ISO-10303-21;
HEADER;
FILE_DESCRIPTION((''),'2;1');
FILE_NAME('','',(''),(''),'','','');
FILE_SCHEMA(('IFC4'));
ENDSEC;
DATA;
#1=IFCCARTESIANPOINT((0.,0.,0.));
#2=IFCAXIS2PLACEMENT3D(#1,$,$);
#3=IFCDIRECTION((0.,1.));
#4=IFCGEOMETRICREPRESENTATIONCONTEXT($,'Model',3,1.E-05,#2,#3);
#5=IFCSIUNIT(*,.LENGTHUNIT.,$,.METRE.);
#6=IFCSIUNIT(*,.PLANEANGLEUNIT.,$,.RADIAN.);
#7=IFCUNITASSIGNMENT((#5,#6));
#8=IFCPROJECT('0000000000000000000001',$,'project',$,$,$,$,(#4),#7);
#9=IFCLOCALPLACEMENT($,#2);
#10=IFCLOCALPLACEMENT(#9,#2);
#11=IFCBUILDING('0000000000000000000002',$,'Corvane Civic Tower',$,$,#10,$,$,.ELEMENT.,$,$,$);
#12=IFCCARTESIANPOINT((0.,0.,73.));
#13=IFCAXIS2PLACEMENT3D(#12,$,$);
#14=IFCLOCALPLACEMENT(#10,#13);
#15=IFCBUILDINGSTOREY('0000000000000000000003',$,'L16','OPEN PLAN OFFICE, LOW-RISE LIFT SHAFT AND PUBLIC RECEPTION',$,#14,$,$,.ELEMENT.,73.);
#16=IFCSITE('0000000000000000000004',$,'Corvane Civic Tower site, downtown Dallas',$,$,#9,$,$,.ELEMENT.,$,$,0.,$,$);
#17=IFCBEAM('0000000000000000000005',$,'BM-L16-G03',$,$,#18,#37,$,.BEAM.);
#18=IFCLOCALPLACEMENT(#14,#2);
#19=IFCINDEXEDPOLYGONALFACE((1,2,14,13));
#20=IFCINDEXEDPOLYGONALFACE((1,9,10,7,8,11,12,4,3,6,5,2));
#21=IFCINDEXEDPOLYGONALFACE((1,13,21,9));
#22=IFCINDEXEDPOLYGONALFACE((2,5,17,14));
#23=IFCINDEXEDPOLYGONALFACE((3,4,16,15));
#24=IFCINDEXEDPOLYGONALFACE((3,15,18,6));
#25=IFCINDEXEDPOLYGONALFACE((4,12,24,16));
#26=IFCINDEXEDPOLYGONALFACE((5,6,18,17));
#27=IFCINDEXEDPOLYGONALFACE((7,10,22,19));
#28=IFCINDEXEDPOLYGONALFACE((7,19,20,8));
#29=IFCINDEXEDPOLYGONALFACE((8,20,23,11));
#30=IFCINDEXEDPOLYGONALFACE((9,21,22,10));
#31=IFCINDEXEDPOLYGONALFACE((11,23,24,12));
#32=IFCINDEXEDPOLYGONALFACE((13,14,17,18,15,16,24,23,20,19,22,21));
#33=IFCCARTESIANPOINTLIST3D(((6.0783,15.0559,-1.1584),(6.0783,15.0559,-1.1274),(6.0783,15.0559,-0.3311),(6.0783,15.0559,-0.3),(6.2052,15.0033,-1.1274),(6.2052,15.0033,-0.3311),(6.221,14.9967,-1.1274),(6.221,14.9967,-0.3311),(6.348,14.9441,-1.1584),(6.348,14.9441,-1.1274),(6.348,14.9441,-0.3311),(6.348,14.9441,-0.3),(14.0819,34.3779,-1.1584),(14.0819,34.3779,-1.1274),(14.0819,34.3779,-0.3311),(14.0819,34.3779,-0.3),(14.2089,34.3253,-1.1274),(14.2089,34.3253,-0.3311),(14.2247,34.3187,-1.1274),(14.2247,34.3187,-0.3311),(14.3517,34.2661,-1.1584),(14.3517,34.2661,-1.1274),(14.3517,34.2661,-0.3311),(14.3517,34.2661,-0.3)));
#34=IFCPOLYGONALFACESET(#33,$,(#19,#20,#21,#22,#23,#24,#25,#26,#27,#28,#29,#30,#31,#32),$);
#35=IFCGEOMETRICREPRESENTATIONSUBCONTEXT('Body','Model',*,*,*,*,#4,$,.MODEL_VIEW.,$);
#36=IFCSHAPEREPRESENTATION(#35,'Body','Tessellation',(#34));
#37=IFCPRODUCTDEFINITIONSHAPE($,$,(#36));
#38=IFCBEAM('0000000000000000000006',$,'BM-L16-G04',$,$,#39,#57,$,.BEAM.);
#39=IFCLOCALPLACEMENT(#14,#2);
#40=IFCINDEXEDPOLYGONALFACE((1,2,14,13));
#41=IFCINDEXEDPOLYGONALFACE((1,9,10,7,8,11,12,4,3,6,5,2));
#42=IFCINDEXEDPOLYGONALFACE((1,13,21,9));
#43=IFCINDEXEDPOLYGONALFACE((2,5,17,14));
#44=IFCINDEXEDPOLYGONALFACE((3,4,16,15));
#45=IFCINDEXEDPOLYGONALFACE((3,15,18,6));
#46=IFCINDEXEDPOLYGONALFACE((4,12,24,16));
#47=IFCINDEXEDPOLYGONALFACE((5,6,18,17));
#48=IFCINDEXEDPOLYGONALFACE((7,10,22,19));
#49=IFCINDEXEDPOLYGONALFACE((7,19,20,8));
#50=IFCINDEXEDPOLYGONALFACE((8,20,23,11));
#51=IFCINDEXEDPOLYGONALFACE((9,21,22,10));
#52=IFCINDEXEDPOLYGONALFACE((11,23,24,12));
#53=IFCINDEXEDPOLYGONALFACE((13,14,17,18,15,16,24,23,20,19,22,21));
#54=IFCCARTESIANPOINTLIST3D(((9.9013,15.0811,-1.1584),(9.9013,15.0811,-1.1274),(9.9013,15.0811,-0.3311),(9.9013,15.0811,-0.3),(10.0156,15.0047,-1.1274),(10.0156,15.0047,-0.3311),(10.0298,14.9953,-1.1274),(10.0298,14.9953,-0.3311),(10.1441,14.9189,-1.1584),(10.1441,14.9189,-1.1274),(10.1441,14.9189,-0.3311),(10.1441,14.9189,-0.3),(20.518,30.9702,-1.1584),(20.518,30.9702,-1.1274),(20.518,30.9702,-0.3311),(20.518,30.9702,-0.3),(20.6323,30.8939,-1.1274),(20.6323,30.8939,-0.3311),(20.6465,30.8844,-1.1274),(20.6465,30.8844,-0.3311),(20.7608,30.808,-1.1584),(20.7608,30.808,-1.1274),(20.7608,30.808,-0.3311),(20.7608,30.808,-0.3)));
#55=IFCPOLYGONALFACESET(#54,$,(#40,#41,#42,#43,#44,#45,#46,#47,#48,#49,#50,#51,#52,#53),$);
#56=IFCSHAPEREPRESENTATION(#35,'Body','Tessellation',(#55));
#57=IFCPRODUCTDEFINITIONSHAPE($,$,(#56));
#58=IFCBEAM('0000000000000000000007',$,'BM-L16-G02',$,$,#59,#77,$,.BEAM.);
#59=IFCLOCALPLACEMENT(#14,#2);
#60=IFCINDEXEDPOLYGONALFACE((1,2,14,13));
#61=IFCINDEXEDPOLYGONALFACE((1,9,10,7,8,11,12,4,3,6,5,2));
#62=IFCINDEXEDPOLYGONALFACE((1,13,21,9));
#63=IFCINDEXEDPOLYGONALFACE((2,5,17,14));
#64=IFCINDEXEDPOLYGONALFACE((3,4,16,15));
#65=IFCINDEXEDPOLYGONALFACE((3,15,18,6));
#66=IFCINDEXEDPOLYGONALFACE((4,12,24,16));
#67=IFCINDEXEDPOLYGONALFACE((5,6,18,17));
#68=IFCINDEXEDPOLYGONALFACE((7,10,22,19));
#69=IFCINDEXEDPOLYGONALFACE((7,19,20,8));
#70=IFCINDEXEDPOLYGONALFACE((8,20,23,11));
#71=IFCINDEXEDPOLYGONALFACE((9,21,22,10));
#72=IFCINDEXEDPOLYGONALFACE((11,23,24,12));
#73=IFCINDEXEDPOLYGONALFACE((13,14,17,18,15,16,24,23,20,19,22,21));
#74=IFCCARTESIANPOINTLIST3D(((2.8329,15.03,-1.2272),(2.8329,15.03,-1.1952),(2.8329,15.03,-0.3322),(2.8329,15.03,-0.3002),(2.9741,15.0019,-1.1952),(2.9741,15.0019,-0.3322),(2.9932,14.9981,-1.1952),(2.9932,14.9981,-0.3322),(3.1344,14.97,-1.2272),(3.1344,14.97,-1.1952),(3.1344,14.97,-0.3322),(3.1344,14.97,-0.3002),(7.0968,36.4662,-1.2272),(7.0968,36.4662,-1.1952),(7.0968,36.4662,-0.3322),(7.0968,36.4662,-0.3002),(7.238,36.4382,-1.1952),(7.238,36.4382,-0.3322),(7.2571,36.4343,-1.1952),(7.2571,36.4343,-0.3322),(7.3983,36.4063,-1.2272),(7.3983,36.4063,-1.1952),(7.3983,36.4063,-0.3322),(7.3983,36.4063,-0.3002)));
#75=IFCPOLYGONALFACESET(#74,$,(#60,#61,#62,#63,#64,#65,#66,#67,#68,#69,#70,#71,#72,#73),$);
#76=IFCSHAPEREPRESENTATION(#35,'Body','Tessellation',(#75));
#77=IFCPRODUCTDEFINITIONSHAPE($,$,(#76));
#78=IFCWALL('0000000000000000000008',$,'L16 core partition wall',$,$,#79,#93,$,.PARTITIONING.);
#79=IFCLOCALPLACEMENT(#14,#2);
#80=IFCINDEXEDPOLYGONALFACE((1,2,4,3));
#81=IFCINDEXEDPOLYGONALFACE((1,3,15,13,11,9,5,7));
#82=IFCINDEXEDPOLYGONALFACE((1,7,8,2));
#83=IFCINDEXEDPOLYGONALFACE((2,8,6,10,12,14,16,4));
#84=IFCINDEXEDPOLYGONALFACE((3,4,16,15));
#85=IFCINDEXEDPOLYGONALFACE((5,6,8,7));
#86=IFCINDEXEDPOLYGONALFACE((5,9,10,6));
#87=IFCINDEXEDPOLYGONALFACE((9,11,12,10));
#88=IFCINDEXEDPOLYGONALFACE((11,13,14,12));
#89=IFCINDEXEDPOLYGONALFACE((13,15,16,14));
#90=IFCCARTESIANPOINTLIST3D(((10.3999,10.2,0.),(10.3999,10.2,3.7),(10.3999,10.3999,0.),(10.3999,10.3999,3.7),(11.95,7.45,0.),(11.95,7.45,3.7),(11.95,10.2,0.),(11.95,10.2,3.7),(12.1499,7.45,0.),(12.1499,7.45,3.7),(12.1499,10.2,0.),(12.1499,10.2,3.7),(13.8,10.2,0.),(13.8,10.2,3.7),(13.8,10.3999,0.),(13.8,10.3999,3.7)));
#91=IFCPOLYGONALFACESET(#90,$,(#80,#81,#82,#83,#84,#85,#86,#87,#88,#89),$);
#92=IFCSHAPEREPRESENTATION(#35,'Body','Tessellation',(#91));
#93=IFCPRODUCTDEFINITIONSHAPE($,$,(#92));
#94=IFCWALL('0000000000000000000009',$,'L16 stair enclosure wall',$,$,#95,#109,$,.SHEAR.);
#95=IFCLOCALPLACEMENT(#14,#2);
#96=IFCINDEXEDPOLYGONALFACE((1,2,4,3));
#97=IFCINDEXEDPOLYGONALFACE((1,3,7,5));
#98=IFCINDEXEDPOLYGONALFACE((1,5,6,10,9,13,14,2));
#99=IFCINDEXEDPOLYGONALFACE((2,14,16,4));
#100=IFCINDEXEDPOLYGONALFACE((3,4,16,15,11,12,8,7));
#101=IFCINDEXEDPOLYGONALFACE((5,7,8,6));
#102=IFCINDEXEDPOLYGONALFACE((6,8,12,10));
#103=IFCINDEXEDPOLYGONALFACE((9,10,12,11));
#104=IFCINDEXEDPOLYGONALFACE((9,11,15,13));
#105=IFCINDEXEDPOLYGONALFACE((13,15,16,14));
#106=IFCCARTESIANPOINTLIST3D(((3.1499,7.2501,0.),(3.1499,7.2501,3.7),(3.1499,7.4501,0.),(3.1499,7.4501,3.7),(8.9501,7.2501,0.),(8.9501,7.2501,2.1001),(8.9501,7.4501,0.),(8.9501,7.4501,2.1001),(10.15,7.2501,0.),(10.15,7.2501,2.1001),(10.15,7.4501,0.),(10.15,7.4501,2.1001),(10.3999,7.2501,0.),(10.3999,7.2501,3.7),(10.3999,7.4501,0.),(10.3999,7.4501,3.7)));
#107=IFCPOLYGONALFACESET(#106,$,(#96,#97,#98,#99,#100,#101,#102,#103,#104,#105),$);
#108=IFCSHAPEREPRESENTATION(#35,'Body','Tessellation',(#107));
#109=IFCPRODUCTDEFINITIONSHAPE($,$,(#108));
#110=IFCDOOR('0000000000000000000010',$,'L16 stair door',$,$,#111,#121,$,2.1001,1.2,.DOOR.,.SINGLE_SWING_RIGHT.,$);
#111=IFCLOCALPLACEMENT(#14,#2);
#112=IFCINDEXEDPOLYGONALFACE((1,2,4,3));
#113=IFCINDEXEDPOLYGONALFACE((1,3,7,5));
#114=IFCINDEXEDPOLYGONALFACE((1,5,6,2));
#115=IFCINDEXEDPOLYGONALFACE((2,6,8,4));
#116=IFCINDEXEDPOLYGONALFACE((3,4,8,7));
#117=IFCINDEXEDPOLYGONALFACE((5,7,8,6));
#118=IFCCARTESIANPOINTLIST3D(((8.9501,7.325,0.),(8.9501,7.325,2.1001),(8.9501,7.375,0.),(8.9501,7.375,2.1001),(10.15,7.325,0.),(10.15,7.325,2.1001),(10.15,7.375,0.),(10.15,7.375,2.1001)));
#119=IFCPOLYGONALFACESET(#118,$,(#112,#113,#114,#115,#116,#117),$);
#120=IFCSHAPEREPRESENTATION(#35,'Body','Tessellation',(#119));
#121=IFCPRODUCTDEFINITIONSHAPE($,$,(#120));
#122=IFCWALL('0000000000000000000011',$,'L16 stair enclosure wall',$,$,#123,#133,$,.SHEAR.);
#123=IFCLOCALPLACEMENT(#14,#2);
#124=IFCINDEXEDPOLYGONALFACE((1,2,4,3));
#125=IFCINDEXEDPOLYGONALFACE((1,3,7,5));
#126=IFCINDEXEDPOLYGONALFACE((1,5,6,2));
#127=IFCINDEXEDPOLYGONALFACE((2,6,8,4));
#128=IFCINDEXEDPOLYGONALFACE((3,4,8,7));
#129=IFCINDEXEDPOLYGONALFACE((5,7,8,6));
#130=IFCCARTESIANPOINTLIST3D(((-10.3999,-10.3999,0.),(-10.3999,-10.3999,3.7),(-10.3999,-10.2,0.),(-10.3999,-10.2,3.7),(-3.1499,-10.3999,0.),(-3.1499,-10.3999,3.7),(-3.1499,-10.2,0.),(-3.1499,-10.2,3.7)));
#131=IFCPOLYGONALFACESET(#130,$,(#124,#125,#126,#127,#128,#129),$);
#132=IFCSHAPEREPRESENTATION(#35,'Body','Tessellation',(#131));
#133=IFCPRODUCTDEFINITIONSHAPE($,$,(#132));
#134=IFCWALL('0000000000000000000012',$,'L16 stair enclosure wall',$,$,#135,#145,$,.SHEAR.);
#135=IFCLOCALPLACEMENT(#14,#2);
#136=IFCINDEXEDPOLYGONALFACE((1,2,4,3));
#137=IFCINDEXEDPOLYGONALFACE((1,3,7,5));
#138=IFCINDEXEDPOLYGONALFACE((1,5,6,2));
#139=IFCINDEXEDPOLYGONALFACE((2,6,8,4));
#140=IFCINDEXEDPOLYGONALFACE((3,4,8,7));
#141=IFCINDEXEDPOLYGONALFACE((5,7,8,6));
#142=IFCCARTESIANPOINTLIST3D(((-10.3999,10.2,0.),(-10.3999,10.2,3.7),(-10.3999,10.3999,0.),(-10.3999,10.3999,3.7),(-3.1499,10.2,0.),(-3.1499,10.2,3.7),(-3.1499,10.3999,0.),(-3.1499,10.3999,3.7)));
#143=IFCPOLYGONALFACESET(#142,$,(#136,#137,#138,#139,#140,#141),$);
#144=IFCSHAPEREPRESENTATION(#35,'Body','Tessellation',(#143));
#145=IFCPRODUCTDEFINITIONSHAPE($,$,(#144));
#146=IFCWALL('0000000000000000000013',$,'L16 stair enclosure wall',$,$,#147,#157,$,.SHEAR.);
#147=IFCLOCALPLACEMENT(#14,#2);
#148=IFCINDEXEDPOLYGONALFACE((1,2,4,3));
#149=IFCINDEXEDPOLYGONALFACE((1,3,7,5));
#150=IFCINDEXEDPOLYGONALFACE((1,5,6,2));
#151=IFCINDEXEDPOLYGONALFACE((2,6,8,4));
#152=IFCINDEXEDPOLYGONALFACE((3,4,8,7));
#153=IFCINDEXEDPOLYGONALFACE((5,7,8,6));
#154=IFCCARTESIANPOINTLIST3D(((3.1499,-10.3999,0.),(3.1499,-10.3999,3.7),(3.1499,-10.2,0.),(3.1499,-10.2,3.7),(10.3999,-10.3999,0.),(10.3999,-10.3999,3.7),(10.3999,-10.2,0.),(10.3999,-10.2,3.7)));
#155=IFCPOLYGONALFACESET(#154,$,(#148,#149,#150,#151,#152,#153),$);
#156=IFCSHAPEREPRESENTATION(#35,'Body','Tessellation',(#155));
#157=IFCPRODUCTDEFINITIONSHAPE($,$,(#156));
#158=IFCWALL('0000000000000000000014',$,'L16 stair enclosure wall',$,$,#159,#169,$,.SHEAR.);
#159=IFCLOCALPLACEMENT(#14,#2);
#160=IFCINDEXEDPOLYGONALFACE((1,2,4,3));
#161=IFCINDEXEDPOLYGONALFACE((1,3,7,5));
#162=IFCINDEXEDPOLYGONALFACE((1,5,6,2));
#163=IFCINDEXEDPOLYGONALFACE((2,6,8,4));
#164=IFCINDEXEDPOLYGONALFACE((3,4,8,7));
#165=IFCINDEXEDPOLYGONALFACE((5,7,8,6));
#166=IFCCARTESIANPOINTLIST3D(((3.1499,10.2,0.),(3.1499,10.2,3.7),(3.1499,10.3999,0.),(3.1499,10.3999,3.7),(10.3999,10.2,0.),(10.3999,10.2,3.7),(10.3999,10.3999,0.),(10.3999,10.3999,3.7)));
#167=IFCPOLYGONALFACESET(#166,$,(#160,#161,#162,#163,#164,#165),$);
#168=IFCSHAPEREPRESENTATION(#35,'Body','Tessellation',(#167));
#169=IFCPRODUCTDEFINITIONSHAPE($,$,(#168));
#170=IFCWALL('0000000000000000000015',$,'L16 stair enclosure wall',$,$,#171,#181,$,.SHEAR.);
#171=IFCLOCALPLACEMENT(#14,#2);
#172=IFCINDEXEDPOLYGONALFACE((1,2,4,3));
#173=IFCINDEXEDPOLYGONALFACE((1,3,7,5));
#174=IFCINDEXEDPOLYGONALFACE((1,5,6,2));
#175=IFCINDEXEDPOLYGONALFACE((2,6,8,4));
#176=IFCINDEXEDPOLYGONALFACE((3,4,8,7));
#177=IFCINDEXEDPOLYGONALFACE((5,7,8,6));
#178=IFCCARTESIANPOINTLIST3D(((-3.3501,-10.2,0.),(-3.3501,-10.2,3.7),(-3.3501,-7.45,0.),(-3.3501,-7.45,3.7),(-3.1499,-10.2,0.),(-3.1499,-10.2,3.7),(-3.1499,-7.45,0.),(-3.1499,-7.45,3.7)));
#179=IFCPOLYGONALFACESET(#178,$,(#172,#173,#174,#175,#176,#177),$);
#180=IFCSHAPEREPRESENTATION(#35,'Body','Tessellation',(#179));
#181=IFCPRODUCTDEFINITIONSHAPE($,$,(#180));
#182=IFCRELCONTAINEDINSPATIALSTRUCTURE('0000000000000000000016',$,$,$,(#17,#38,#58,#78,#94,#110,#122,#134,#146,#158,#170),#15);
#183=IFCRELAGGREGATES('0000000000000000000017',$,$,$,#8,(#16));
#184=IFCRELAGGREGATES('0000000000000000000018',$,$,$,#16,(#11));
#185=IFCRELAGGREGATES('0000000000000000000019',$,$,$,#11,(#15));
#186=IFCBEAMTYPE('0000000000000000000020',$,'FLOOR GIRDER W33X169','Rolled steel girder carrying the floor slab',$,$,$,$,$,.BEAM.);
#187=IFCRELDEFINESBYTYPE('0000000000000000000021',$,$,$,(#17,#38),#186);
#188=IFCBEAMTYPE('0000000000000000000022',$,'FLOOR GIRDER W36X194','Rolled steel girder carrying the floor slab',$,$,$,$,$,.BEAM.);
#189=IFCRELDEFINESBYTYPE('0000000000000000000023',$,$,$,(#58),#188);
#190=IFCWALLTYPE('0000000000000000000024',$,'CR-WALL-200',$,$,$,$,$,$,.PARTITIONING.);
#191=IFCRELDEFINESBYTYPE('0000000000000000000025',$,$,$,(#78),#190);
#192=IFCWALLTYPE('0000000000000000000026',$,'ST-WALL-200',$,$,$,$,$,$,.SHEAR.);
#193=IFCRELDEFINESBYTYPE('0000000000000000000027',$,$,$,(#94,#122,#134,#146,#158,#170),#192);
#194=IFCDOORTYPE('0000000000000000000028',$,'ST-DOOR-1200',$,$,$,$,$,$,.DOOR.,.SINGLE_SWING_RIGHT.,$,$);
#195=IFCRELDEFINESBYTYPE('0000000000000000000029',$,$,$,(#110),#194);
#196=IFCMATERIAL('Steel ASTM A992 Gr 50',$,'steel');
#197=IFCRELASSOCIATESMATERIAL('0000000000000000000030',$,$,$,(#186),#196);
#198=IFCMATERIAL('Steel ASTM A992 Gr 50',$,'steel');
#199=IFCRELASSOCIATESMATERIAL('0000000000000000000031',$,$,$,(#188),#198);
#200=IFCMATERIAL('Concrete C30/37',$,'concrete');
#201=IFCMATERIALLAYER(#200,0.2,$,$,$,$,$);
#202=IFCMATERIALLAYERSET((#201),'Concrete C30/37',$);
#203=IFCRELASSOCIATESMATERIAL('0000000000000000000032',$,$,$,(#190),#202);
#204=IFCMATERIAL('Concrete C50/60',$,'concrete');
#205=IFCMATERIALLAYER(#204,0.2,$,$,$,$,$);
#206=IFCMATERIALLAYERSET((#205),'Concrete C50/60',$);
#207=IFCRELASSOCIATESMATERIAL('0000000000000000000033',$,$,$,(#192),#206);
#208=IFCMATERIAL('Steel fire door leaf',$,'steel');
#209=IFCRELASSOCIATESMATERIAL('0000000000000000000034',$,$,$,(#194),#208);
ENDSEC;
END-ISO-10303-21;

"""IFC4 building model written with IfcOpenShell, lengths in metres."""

from ifc_helpers import new_model, si_unit, direction, frame, frame_2d, origin, origin_2d, place, context, subcontext, project, spatial, polyline, rectangle, i_section, outline, extrude, material, layer, layer_set, material_profile, profile_set, type_object, element, fill, save


model = new_model("IFC4")

# Units and contexts
model_context = context("Model", 3, precision=1e-05, world=origin(), true_north=direction((0.0, 1.0)))
body_context = subcontext(model_context, "Body", "Model", "MODEL_VIEW")
ifc_project = project(units=[si_unit("LENGTHUNIT", "METRE"), si_unit("PLANEANGLEUNIT", "RADIAN")], contexts=[model_context])

# Site, building, storey
site_placement = place(None, origin())
site = spatial("IfcSite", under=ifc_project, at=site_placement, Name="Corvane Civic Tower site, downtown Dallas", CompositionType="ELEMENT", RefElevation=0.0)
building_placement = place(site_placement, origin())
building = spatial("IfcBuilding", under=site, at=building_placement, Name="Corvane Civic Tower", CompositionType="ELEMENT")
storey_placement = place(building_placement, frame((0.0, 0.0, 73.0)))
storey = spatial("IfcBuildingStorey", under=building, at=storey_placement, Name="L16", Description="OPEN PLAN OFFICE, LOW-RISE LIFT SHAFT AND PUBLIC RECEPTION", CompositionType="ELEMENT", Elevation=73.0)

# Beams
ifc_material_1 = material(Name="Steel ASTM A992 Gr 50", Category="steel")
ifc_material_profile_1 = material_profile(ifc_material_1, i_section(OverallWidth=0.292, OverallDepth=0.8584, WebThickness=0.0171, FlangeThickness=0.031, at=origin_2d()), Name="W33X169")
ifc_profile_set_1 = profile_set([ifc_material_profile_1], Name="Steel ASTM A992 Gr 50")
beam_type_1 = type_object("IfcBeamType", Name="FLOOR GIRDER W33X169", Description="Rolled steel girder carrying the floor slab", PredefinedType="BEAM", material=ifc_profile_set_1)
beam_1_placement = place(storey_placement, frame((6.2131, 15.0, -0.7292), z_axis=(0.382692, 0.923876, 0.0), x_axis=(-0.923876, 0.382692, 0.0)))
element("IfcBeam", 1, at=beam_1_placement, inside=storey, type_object=beam_type_1, Name="BM-L16-G03", PredefinedType="BEAM", context=body_context, shape_type="SweptSolid", body=[
    extrude(i_section(OverallWidth=0.292, OverallDepth=0.8584, WebThickness=0.0171, FlangeThickness=0.031, at=origin_2d()), origin(), (0.0, 0.0, 1.0), 20.9141),
])
beam_2_placement = place(storey_placement, frame((10.0227, 15.0, -0.7292), z_axis=(0.555567, 0.831472, 0.0), x_axis=(-0.831472, 0.555567, 0.0)))
element("IfcBeam", 2, at=beam_2_placement, inside=storey, type_object=beam_type_1, Name="BM-L16-G04", PredefinedType="BEAM", context=body_context, shape_type="SweptSolid", body=[
    extrude(i_section(OverallWidth=0.292, OverallDepth=0.8584, WebThickness=0.0171, FlangeThickness=0.031, at=origin_2d()), origin(), (0.0, 0.0, 1.0), 19.1096),
])
ifc_material_2 = material(Name="Steel ASTM A992 Gr 50", Category="steel")
ifc_material_profile_2 = material_profile(ifc_material_2, i_section(OverallWidth=0.3074, OverallDepth=0.927, WebThickness=0.0195, FlangeThickness=0.032, at=origin_2d()), Name="W36X194")
ifc_profile_set_2 = profile_set([ifc_material_profile_2], Name="Steel ASTM A992 Gr 50")
beam_type_2 = type_object("IfcBeamType", Name="FLOOR GIRDER W36X194", Description="Rolled steel girder carrying the floor slab", PredefinedType="BEAM", material=ifc_profile_set_2)
beam_3_placement = place(storey_placement, frame((2.9836, 15.0, -0.7637), z_axis=(0.195089, 0.980785, 0.0), x_axis=(-0.980785, 0.195089, 0.0)))
element("IfcBeam", 3, at=beam_3_placement, inside=storey, type_object=beam_type_2, Name="BM-L16-G02", PredefinedType="BEAM", context=body_context, shape_type="SweptSolid", body=[
    extrude(i_section(OverallWidth=0.3074, OverallDepth=0.927, WebThickness=0.0195, FlangeThickness=0.032, at=origin_2d()), origin(), (0.0, 0.0, 1.0), 21.8562),
])

# Wall
ifc_material_3 = material(Name="Concrete C30/37", Category="concrete")
ifc_layer_1 = layer(ifc_material_3, 0.2)
ifc_layer_set_1 = layer_set([ifc_layer_1], Name="Concrete C30/37")
wall_type_1 = type_object("IfcWallType", Name="CR-WALL-200", PredefinedType="PARTITIONING", material=ifc_layer_set_1)
wall_1_placement = place(storey_placement, origin())
element("IfcWall", 4, at=wall_1_placement, inside=storey, type_object=wall_type_1, Name="L16 core partition wall", PredefinedType="PARTITIONING", context=body_context, shape_type="SweptSolid", body=[
    extrude(outline(polyline([(13.8, 10.3999), (13.8, 10.2), (12.1499, 10.2), (12.1499, 7.45), (11.95, 7.45), (11.95, 10.2), (10.3999, 10.2), (10.3999, 10.3999), (13.8, 10.3999)])), origin(), (0.0, 0.0, 1.0), 3.7),
])

# Wall, opening, door
ifc_material_4 = material(Name="Concrete C50/60", Category="concrete")
ifc_layer_2 = layer(ifc_material_4, 0.2)
ifc_layer_set_2 = layer_set([ifc_layer_2], Name="Concrete C50/60")
wall_type_2 = type_object("IfcWallType", Name="ST-WALL-200", PredefinedType="SHEAR", material=ifc_layer_set_2)
wall_2_placement = place(storey_placement, frame((3.1499, 7.3501, 0.0), z_axis=(0.0, 0.0, 1.0), x_axis=(1.0, 0.0, 0.0)))
wall_2 = element("IfcWall", 5, at=wall_2_placement, inside=storey, type_object=wall_type_2, Name="L16 stair enclosure wall", PredefinedType="SHEAR", context=body_context, shape_type="SweptSolid", body=[
    extrude(rectangle(XDim=7.25, YDim=0.2, at=frame_2d((3.625, 0.0))), origin(), (0.0, 0.0, 1.0), 3.7),
])
opening_placement = place(wall_2_placement, frame((5.8, 0.0, 0.0)))
opening = element("IfcOpeningElement", 6, at=opening_placement, cuts=wall_2, PredefinedType="OPENING", context=body_context, shape_type="SweptSolid", body=[
    extrude(rectangle(XDim=1.2, YDim=2.1001, at=frame_2d((0.6001, 1.05))), frame((0.0, 0.1099, 0.0), z_axis=(0.0, -1.0, 0.0), x_axis=(1.0, 0.0, 0.0)), (0.0, 0.0, 1.0), 0.22),
])
ifc_material_5 = material(Name="Steel fire door leaf", Category="steel")
door_type = type_object("IfcDoorType", Name="ST-DOOR-1200", OperationType="SINGLE_SWING_RIGHT", PredefinedType="DOOR", material=ifc_material_5)
door_placement = place(opening_placement, origin())
door = element("IfcDoor", 7, at=door_placement, inside=storey, type_object=door_type, Name="L16 stair door", OperationType="SINGLE_SWING_RIGHT", OverallHeight=2.1001, OverallWidth=1.2, PredefinedType="DOOR", context=body_context, shape_type="SweptSolid", body=[
    extrude(rectangle(XDim=1.2, YDim=2.1001, at=frame_2d((0.6001, 1.05))), frame((0.0, 0.0249, 0.0), z_axis=(0.0, -1.0, 0.0), x_axis=(1.0, 0.0, 0.0)), (0.0, 0.0, 1.0), 0.05),
])
fill(opening, door)

# Walls
wall_3_placement = place(storey_placement, origin())
element("IfcWall", 8, at=wall_3_placement, inside=storey, type_object=wall_type_2, Name="L16 stair enclosure wall", PredefinedType="SHEAR", context=body_context, shape_type="SweptSolid", body=[
    extrude(outline(polyline([(-3.1499, -10.2), (-3.1499, -10.3999), (-10.3999, -10.3999), (-10.3999, -10.2), (-3.1499, -10.2)])), origin(), (0.0, 0.0, 1.0), 3.7),
])
wall_4_placement = place(storey_placement, origin())
element("IfcWall", 9, at=wall_4_placement, inside=storey, type_object=wall_type_2, Name="L16 stair enclosure wall", PredefinedType="SHEAR", context=body_context, shape_type="SweptSolid", body=[
    extrude(outline(polyline([(-3.1499, 10.2), (-10.3999, 10.2), (-10.3999, 10.3999), (-3.1499, 10.3999), (-3.1499, 10.2)])), origin(), (0.0, 0.0, 1.0), 3.7),
])
wall_5_placement = place(storey_placement, origin())
element("IfcWall", 10, at=wall_5_placement, inside=storey, type_object=wall_type_2, Name="L16 stair enclosure wall", PredefinedType="SHEAR", context=body_context, shape_type="SweptSolid", body=[
    extrude(outline(polyline([(10.3999, -10.3999), (3.1499, -10.3999), (3.1499, -10.2), (10.3999, -10.2), (10.3999, -10.3999)])), origin(), (0.0, 0.0, 1.0), 3.7),
])
wall_6_placement = place(storey_placement, origin())
element("IfcWall", 11, at=wall_6_placement, inside=storey, type_object=wall_type_2, Name="L16 stair enclosure wall", PredefinedType="SHEAR", context=body_context, shape_type="SweptSolid", body=[
    extrude(outline(polyline([(10.3999, 10.2), (3.1499, 10.2), (3.1499, 10.3999), (10.3999, 10.3999), (10.3999, 10.2)])), origin(), (0.0, 0.0, 1.0), 3.7),
])
wall_7_placement = place(storey_placement, origin())
element("IfcWall", 12, at=wall_7_placement, inside=storey, type_object=wall_type_2, Name="L16 stair enclosure wall", PredefinedType="SHEAR", context=body_context, shape_type="SweptSolid", body=[
    extrude(outline(polyline([(-3.1499, -7.45), (-3.1499, -10.2), (-3.3501, -10.2), (-3.3501, -7.45), (-3.1499, -7.45)])), origin(), (0.0, 0.0, 1.0), 3.7),
])

save(model, "model.ifc")
